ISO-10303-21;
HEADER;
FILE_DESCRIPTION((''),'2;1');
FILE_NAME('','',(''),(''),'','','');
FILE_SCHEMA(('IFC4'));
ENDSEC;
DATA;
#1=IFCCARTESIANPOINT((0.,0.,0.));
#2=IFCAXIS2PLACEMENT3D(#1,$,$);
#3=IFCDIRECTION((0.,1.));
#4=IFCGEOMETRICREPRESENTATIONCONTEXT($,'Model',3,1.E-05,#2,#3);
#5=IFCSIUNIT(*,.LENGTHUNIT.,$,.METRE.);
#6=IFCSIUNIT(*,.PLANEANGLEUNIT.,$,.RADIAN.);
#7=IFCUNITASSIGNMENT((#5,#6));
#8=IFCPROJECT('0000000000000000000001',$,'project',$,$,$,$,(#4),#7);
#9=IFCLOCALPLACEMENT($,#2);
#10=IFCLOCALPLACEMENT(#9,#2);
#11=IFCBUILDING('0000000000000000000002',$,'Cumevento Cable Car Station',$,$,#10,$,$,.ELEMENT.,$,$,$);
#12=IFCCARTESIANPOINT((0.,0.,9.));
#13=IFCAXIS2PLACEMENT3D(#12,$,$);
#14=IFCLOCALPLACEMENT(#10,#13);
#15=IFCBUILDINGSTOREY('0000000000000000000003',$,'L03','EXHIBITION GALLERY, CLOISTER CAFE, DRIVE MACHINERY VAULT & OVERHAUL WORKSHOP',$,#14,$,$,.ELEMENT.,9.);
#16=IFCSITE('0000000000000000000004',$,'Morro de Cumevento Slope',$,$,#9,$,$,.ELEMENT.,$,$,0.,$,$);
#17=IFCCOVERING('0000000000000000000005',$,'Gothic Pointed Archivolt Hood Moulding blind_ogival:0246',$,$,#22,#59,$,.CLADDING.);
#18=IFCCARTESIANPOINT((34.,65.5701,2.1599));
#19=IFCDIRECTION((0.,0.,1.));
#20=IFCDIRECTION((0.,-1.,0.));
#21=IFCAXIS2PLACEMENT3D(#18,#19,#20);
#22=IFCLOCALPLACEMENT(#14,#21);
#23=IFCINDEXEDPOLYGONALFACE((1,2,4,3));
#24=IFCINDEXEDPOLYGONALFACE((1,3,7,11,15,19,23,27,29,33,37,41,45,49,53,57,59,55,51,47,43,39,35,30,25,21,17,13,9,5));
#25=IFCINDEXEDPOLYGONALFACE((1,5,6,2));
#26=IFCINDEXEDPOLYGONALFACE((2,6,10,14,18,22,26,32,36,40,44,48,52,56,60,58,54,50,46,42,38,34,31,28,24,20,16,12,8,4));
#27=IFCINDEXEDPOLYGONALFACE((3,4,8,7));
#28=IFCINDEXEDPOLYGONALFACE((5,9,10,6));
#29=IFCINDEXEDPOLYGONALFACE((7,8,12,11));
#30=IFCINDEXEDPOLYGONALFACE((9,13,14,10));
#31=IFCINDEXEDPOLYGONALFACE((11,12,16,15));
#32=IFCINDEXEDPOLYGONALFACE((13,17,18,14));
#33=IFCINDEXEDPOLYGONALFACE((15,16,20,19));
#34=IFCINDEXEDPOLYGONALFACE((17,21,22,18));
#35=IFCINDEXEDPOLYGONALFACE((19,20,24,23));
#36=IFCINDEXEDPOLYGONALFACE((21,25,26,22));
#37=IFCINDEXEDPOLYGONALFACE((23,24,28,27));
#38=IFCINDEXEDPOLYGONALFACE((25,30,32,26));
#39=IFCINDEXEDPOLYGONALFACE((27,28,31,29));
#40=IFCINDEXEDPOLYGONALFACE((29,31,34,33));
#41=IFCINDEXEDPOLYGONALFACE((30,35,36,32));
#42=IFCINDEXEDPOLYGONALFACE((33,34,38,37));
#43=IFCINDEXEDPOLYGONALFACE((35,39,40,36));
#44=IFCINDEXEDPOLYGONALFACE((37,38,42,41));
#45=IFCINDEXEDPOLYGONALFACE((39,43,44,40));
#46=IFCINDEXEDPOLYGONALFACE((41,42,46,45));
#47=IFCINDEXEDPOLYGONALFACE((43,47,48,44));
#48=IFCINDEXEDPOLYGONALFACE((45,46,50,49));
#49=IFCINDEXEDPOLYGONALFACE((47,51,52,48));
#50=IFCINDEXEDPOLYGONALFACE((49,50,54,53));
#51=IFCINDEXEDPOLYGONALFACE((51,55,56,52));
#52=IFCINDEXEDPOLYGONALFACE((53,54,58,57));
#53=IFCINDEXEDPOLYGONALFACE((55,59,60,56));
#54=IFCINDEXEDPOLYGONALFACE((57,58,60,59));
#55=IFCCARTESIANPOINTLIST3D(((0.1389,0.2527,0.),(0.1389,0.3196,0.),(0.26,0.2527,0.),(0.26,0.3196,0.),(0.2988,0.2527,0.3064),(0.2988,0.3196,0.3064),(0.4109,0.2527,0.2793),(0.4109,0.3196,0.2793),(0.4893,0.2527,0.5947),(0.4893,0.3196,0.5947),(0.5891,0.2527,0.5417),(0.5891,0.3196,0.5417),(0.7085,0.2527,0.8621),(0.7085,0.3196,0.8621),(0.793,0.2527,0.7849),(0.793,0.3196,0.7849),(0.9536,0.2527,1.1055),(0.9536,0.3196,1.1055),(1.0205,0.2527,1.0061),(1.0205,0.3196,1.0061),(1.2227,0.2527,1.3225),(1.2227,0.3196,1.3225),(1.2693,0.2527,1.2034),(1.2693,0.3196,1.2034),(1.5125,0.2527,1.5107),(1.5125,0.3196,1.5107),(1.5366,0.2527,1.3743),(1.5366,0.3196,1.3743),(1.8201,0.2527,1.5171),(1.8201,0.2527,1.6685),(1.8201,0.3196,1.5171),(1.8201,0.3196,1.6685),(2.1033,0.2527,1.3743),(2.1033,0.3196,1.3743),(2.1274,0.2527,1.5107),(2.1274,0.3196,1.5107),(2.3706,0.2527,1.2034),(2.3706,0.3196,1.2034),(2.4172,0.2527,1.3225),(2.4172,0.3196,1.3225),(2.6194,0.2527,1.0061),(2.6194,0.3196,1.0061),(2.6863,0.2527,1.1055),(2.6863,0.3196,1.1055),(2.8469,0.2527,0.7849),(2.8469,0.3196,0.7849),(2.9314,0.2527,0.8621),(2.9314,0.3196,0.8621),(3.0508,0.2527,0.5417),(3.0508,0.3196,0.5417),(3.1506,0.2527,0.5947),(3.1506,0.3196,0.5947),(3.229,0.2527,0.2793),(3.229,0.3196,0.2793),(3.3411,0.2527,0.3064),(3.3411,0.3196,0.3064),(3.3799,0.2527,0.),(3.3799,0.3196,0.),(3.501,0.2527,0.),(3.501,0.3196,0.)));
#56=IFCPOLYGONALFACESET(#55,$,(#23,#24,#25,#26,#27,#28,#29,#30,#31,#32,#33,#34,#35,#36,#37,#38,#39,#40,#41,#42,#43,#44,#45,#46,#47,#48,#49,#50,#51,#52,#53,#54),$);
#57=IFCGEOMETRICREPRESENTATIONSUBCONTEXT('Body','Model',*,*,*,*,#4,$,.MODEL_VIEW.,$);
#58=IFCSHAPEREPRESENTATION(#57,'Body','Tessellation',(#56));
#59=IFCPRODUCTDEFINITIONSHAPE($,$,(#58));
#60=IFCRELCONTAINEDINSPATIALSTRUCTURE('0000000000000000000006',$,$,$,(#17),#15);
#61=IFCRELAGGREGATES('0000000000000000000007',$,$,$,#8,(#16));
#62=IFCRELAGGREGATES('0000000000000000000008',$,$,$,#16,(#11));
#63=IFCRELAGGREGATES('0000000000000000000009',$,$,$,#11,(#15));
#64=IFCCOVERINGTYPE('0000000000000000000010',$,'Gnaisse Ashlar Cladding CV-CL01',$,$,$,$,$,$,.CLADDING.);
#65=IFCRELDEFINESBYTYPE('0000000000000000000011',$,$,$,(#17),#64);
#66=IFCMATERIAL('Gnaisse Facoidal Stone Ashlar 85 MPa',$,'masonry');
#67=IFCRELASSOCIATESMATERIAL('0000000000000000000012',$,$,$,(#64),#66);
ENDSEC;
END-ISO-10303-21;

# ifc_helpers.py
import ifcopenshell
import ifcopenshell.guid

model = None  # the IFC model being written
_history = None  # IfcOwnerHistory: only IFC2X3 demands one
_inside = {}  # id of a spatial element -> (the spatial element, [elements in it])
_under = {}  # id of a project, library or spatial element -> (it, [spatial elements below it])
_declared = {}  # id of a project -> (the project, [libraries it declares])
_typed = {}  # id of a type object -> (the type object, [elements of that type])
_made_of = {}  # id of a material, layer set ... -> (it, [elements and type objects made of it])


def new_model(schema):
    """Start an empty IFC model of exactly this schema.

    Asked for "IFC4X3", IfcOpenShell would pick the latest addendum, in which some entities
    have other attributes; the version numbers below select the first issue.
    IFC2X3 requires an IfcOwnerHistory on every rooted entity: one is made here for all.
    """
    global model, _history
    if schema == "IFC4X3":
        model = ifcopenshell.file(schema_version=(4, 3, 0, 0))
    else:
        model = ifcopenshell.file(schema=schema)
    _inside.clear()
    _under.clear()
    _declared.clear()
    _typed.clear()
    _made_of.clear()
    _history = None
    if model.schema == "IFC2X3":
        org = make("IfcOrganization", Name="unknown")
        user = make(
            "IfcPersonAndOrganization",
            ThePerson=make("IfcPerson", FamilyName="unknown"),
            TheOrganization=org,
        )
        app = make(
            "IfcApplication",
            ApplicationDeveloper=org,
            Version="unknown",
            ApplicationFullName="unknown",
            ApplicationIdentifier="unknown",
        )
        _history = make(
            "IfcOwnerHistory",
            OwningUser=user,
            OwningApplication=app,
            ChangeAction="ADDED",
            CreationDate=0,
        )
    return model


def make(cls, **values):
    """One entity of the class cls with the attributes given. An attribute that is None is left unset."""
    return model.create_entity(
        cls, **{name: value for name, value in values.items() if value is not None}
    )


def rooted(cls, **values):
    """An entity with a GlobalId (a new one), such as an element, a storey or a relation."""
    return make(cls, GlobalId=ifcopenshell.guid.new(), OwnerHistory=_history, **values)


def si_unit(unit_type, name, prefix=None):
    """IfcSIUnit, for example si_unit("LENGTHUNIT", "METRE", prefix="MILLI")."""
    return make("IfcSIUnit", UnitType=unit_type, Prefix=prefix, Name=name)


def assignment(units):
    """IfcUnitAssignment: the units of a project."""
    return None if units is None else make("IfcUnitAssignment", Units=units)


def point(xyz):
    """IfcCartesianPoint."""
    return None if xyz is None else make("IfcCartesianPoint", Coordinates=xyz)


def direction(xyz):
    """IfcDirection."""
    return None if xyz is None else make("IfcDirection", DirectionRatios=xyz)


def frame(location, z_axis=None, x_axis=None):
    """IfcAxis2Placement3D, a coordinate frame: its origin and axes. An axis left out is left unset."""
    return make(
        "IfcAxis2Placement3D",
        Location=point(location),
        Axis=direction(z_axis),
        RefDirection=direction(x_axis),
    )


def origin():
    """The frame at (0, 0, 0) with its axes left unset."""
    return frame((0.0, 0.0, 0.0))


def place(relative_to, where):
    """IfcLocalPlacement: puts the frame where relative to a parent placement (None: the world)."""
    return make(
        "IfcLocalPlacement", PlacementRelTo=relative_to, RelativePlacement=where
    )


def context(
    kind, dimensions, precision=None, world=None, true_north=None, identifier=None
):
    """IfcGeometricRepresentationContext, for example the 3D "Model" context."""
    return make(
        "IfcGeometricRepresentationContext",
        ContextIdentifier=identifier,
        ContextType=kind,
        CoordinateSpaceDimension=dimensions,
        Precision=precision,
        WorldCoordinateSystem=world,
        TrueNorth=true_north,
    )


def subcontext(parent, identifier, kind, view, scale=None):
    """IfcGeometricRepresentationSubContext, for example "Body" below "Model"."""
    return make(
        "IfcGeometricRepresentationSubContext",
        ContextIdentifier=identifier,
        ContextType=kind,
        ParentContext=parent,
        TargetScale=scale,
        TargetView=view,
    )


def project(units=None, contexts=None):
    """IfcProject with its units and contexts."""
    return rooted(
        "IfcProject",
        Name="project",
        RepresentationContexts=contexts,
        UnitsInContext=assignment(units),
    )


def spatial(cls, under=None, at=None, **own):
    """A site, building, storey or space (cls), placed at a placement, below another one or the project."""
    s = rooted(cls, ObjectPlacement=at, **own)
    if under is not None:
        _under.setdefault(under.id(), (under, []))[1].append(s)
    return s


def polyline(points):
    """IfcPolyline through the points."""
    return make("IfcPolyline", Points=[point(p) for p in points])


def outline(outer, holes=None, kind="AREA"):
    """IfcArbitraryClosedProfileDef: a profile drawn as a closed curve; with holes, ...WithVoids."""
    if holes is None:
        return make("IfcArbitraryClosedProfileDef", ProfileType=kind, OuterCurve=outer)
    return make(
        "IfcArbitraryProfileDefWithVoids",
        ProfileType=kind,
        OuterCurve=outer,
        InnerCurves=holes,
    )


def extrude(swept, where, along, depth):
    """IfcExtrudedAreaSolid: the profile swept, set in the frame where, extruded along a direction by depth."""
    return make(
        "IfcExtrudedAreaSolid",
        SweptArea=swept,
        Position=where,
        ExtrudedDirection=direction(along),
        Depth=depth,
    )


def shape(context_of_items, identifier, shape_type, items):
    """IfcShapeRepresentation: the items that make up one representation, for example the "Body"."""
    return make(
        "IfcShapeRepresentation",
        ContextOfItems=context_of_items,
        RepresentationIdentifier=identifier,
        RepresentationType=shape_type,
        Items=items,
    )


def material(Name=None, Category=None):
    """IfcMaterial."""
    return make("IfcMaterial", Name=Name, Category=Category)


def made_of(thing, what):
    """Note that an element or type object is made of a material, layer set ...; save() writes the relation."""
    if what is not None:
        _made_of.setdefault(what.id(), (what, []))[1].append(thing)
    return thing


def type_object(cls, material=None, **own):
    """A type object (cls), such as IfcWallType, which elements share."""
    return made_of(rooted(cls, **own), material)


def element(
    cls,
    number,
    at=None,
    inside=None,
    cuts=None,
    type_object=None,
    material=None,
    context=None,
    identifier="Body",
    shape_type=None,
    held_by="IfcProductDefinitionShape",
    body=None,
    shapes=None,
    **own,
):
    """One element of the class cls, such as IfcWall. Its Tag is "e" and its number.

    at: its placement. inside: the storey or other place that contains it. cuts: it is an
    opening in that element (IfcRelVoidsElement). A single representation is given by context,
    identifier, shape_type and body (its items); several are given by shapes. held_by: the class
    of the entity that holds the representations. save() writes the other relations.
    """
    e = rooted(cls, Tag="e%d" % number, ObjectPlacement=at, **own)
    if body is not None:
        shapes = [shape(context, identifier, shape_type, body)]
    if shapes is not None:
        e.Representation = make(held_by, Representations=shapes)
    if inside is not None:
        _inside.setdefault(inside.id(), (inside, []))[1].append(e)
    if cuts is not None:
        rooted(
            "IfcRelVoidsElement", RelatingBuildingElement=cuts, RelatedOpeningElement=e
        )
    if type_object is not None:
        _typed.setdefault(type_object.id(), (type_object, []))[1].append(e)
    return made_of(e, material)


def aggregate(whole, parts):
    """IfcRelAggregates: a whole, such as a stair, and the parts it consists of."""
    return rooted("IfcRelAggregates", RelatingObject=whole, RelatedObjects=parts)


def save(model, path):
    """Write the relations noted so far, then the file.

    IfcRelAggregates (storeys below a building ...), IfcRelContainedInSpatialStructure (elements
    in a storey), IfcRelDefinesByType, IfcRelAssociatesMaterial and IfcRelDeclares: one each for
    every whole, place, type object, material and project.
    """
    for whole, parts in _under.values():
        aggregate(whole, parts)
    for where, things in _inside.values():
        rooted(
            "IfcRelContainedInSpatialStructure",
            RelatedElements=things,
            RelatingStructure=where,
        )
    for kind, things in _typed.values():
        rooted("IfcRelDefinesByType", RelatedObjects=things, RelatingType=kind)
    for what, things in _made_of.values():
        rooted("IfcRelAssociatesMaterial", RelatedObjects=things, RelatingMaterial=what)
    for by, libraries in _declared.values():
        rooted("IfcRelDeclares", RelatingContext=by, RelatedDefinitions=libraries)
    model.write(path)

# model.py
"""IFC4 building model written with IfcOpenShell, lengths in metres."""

from ifc_helpers import new_model, si_unit, direction, frame, origin, place, context, subcontext, project, spatial, polyline, outline, extrude, material, type_object, element, save


model = new_model("IFC4")

# Units and contexts
model_context = context("Model", 3, precision=1e-05, world=origin(), true_north=direction((0.0, 1.0)))
body_context = subcontext(model_context, "Body", "Model", "MODEL_VIEW")
ifc_project = project(units=[si_unit("LENGTHUNIT", "METRE"), si_unit("PLANEANGLEUNIT", "RADIAN")], contexts=[model_context])

# Site, building, storey
site_placement = place(None, origin())
site = spatial("IfcSite", under=ifc_project, at=site_placement, Name="Morro de Cumevento Slope", CompositionType="ELEMENT", RefElevation=0.0)
building_placement = place(site_placement, origin())
building = spatial("IfcBuilding", under=site, at=building_placement, Name="Cumevento Cable Car Station", CompositionType="ELEMENT")
storey_placement = place(building_placement, frame((0.0, 0.0, 9.0)))
storey = spatial("IfcBuildingStorey", under=building, at=storey_placement, Name="L03", Description="EXHIBITION GALLERY, CLOISTER CAFE, DRIVE MACHINERY VAULT & OVERHAUL WORKSHOP", CompositionType="ELEMENT", Elevation=9.0)

# Covering
ifc_material_1 = material(Name="Gnaisse Facoidal Stone Ashlar 85 MPa", Category="masonry")
covering_type = type_object("IfcCoveringType", Name="Gnaisse Ashlar Cladding CV-CL01", PredefinedType="CLADDING", material=ifc_material_1)
covering_1_placement = place(storey_placement, frame((34.0, 65.5701, 2.1599), z_axis=(0.0, 0.0, 1.0), x_axis=(0.0, -1.0, 0.0)))
element("IfcCovering", 1, at=covering_1_placement, inside=storey, type_object=covering_type, Name="Gothic Pointed Archivolt Hood Moulding blind_ogival:0246", PredefinedType="CLADDING", context=body_context, shape_type="SweptSolid", body=[
    extrude(outline(polyline([(0.26, 0.0), (0.4109, 0.2793), (0.5891, 0.5417), (0.793, 0.7849), (1.0205, 1.0061), (1.2693, 1.2034), (1.5366, 1.3743), (1.8201, 1.5171), (2.1033, 1.3743), (2.3706, 1.2034), (2.6194, 1.0061), (2.8469, 0.7849), (3.0508, 0.5417), (3.229, 0.2793), (3.3799, 0.0), (3.501, 0.0), (3.3411, 0.3064), (3.1506, 0.5947), (2.9314, 0.8621), (2.6863, 1.1055), (2.4172, 1.3225), (2.1274, 1.5107), (1.8201, 1.6685), (1.5125, 1.5107), (1.2227, 1.3225), (0.9536, 1.1055), (0.7085, 0.8621), (0.4893, 0.5947), (0.2988, 0.3064), (0.1389, 0.0), (0.26, 0.0)])), frame((0.0, 0.3196, 0.0), z_axis=(0.0, -1.0, 0.0), x_axis=(1.0, 0.0, 0.0)), (0.0, 0.0, 1.0), 0.0669),
])

save(model, "model.ifc")
